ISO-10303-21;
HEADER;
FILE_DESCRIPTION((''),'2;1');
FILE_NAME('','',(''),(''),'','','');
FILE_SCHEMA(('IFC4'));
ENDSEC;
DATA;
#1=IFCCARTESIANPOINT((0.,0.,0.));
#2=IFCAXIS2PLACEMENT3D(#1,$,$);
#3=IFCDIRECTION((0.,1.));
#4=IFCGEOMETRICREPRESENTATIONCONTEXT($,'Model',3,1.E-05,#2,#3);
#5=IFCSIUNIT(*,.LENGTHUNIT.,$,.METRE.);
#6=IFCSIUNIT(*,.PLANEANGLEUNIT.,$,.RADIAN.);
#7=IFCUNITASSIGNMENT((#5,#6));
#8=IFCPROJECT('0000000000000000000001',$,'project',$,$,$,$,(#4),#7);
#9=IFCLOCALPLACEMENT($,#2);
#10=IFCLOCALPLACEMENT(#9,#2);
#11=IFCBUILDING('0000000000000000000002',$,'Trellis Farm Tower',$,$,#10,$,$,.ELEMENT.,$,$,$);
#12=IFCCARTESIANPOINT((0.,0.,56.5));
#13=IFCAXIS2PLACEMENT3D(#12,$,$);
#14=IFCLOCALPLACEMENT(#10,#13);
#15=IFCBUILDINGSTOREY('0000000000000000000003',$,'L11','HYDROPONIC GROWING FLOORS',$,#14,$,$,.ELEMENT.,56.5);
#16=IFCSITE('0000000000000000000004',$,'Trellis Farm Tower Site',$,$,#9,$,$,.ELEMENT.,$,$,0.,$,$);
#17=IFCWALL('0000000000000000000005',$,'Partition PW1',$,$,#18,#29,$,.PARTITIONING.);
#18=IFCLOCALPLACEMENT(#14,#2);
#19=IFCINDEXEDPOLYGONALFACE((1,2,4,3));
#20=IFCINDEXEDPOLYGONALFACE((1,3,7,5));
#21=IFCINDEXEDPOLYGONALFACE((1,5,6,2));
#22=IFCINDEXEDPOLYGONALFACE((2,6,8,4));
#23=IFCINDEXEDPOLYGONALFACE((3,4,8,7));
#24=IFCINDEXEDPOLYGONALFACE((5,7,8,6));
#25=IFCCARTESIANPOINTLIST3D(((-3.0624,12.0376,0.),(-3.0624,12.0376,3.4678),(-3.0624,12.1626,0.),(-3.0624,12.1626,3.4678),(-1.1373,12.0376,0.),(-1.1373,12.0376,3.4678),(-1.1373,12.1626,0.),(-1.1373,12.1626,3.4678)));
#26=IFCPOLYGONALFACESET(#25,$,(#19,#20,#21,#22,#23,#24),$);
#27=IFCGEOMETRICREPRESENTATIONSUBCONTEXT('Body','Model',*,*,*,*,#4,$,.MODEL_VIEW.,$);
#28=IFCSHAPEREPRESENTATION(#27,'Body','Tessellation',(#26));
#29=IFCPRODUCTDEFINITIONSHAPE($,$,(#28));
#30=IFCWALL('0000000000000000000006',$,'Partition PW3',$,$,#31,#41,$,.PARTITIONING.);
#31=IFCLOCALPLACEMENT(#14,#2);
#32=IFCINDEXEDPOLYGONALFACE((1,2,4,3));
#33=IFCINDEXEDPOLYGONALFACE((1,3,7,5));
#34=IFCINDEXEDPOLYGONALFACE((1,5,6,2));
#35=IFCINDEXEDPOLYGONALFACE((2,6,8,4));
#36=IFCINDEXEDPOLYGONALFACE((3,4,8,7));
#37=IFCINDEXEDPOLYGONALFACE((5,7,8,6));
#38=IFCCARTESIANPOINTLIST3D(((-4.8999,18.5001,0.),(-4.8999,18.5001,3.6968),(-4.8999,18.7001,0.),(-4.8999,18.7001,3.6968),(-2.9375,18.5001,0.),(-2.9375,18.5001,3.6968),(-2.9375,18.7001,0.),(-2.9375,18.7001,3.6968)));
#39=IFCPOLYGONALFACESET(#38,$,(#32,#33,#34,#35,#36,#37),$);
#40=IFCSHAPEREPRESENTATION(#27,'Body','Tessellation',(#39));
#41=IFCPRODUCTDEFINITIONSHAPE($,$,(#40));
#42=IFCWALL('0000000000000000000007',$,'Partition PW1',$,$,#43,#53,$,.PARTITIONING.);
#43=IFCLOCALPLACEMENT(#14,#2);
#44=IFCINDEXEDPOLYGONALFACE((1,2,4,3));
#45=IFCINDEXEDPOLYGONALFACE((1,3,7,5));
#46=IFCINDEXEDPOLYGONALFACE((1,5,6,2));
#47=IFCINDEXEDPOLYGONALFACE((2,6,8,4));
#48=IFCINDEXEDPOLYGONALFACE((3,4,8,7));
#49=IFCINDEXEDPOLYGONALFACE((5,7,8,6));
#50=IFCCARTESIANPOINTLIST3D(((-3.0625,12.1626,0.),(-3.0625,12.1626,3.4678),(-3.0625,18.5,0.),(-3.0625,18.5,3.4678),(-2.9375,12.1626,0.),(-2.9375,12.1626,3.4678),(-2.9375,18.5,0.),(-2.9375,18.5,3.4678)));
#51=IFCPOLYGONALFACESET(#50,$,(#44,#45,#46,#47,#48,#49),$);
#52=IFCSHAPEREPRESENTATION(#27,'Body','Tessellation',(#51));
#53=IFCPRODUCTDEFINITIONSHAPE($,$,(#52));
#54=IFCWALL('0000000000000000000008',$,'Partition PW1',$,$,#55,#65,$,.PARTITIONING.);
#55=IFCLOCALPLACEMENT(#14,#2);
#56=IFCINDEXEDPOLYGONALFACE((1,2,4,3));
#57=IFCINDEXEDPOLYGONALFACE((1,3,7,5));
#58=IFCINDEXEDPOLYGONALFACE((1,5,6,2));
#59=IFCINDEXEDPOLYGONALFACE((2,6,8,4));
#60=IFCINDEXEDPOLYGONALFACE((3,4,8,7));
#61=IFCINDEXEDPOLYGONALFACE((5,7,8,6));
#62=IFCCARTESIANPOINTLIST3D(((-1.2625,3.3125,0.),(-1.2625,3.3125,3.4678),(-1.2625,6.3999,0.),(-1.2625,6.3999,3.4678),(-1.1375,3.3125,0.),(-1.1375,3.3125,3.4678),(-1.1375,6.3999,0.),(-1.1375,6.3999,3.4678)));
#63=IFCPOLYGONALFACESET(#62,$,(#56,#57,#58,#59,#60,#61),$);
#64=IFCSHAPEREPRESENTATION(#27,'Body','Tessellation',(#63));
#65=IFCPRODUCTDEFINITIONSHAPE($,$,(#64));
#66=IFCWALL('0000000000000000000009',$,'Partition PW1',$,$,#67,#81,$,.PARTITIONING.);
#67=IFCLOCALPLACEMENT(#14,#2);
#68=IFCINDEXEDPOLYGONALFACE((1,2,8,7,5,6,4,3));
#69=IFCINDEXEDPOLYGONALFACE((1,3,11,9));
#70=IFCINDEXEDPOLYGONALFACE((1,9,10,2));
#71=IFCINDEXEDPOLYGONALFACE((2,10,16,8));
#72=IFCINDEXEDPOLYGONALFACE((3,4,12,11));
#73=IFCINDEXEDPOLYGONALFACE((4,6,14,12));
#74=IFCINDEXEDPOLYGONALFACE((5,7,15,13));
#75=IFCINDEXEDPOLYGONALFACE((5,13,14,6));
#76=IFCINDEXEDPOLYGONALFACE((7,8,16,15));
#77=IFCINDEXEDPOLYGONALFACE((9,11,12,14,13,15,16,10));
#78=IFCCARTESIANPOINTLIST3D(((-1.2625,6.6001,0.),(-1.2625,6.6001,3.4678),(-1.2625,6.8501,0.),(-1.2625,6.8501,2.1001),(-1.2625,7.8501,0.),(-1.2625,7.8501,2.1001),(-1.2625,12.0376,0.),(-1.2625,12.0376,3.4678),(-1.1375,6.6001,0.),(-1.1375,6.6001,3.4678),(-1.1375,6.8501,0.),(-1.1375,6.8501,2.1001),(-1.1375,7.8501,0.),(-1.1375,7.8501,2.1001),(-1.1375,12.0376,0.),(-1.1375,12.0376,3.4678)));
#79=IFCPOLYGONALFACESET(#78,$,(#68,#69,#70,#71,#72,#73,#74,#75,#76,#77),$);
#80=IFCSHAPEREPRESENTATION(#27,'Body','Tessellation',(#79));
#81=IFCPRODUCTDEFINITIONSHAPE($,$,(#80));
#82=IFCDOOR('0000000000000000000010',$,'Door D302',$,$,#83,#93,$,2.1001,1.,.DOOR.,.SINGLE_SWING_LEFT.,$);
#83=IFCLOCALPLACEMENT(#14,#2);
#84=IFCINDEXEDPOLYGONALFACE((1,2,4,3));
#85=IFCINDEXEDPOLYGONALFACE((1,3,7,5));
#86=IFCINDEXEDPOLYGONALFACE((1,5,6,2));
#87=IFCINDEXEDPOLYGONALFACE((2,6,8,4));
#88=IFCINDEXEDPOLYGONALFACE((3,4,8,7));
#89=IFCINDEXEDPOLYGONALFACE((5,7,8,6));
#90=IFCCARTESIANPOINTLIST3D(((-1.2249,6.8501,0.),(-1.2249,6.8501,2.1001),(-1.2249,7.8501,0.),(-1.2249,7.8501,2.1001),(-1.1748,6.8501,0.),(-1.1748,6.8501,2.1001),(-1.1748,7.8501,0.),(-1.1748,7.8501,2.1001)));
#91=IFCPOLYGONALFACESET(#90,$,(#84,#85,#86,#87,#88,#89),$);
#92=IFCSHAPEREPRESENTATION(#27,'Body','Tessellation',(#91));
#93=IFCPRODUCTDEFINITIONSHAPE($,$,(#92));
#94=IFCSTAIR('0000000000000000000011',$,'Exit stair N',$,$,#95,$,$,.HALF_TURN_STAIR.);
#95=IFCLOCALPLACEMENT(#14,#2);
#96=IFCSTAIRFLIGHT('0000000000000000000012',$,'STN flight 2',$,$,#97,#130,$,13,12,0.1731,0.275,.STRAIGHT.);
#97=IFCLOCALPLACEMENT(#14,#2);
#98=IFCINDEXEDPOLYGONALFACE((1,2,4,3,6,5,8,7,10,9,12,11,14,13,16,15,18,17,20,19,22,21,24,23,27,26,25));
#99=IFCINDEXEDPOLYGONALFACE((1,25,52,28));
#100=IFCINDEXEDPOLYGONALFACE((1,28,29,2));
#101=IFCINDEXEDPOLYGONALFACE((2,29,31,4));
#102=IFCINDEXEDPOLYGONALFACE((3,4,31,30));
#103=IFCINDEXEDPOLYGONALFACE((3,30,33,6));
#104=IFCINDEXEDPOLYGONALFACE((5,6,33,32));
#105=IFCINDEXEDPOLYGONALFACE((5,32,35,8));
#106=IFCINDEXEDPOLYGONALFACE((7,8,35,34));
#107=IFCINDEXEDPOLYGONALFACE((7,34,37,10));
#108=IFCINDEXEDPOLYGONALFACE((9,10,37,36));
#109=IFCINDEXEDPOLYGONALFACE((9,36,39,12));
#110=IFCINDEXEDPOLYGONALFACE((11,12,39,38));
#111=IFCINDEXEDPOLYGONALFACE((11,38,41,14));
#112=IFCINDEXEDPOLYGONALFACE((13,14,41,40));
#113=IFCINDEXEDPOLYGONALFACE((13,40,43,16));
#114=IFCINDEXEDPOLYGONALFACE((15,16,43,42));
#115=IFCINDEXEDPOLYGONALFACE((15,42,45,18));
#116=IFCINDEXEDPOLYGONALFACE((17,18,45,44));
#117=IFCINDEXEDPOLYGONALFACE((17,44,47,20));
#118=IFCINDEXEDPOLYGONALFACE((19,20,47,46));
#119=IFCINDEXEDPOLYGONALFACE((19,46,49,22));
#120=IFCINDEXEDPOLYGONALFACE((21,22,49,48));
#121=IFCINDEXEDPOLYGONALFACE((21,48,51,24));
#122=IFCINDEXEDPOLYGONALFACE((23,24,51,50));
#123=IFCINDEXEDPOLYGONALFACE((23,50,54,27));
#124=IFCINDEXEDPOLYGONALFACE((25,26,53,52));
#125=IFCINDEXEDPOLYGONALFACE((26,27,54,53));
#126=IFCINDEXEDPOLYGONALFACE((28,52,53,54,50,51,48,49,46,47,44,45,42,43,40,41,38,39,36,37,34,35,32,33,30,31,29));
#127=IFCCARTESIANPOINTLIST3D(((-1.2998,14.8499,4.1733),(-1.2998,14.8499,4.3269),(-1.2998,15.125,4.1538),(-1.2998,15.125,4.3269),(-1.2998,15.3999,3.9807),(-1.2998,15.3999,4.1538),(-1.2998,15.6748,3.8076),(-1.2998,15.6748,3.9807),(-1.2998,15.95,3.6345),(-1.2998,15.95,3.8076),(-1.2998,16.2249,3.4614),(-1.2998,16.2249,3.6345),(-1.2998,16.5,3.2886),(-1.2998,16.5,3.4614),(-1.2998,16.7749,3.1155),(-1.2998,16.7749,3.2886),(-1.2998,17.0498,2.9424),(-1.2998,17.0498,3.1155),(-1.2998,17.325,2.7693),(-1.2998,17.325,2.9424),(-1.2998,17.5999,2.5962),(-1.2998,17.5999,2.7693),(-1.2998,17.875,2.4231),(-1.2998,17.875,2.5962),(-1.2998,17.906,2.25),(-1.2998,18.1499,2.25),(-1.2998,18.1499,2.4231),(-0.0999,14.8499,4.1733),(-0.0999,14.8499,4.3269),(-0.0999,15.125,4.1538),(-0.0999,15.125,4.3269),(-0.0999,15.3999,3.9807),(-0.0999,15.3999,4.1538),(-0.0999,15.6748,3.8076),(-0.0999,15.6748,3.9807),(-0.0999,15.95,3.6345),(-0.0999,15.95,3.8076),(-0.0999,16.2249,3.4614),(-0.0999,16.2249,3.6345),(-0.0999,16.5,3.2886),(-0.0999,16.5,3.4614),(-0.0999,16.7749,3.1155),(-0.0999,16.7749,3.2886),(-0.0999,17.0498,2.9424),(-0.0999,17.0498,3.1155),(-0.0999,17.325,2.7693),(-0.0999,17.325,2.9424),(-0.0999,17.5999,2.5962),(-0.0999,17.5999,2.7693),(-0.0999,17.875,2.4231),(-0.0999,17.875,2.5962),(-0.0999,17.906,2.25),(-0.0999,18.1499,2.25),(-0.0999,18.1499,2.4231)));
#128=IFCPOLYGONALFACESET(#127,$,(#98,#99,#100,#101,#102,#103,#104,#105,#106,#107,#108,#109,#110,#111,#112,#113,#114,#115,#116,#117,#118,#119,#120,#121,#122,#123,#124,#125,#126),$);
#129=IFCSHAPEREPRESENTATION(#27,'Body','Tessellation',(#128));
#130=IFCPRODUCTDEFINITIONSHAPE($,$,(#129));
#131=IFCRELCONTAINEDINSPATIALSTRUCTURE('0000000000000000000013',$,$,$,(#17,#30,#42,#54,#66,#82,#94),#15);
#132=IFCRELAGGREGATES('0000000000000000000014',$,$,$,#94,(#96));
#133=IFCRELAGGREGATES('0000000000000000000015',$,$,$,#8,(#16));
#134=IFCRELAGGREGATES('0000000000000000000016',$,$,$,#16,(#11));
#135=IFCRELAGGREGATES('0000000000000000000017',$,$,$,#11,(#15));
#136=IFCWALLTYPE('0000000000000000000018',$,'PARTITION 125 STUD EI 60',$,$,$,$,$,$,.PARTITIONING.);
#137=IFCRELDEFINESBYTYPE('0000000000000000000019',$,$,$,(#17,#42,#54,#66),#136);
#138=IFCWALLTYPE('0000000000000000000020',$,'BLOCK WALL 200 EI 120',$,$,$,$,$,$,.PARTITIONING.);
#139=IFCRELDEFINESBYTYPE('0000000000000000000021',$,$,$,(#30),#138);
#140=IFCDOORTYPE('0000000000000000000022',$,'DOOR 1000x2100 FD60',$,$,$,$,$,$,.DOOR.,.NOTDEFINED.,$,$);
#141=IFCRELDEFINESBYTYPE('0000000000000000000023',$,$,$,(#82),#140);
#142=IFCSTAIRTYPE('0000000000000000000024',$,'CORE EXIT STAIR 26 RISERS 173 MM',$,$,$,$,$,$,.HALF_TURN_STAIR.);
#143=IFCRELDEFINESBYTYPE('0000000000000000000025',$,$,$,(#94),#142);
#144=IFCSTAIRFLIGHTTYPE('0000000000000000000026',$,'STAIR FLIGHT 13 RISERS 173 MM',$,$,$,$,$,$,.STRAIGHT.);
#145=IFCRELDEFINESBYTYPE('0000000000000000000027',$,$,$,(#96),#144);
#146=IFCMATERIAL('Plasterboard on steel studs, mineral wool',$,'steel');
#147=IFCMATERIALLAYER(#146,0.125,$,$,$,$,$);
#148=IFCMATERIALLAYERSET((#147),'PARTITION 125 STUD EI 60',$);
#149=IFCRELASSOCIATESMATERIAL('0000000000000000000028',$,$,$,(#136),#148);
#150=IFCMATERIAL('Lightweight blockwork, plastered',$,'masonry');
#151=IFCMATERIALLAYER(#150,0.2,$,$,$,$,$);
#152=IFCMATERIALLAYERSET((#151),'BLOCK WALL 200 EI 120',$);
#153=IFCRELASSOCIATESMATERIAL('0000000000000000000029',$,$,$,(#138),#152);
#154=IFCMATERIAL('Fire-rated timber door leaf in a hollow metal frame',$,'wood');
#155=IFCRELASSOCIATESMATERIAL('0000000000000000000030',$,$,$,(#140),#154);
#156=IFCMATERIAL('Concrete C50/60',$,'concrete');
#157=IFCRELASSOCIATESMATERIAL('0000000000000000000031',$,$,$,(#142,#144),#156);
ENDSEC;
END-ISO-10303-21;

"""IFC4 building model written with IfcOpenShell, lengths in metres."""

from ifc_helpers import new_model, si_unit, direction, frame, frame_2d, origin, place, context, subcontext, project, spatial, polyline, rectangle, outline, extrude, source, transform, mapped, material, layer, layer_set, type_object, element, fill, aggregate, save


model = new_model("IFC4")

# Units and contexts
model_context = context("Model", 3, precision=1e-05, world=origin(), true_north=direction((0.0, 1.0)))
body_context = subcontext(model_context, "Body", "Model", "MODEL_VIEW")
ifc_project = project(units=[si_unit("LENGTHUNIT", "METRE"), si_unit("PLANEANGLEUNIT", "RADIAN")], contexts=[model_context])

# Site, building, storey
site_placement = place(None, origin())
site = spatial("IfcSite", under=ifc_project, at=site_placement, Name="Trellis Farm Tower Site", CompositionType="ELEMENT", RefElevation=0.0)
building_placement = place(site_placement, origin())
building = spatial("IfcBuilding", under=site, at=building_placement, Name="Trellis Farm Tower", CompositionType="ELEMENT")
storey_placement = place(building_placement, frame((0.0, 0.0, 56.5)))
storey = spatial("IfcBuildingStorey", under=building, at=storey_placement, Name="L11", Description="HYDROPONIC GROWING FLOORS", CompositionType="ELEMENT", Elevation=56.5)

# Shared definitions
placement = place(storey_placement, origin())

# Shared definitions
ifc_material_1 = material(Name="Plasterboard on steel studs, mineral wool", Category="steel")
ifc_layer_1 = layer(ifc_material_1, 0.125)
ifc_layer_set_1 = layer_set([ifc_layer_1], Name="PARTITION 125 STUD EI 60")
wall_type_1 = type_object("IfcWallType", Name="PARTITION 125 STUD EI 60", PredefinedType="PARTITIONING", material=ifc_layer_set_1)
shared_shape_1 = source(origin(), body_context, "Body", "SweptSolid", [
    extrude(rectangle(XDim=1.0, YDim=2.1001, at=frame_2d((0.5, 1.05))), frame((0.0, 0.0725, 0.0), z_axis=(0.0, -1.0, 0.0), x_axis=(1.0, 0.0, 0.0)), (0.0, 0.0, 1.0), 0.145),
])
ifc_material_2 = material(Name="Fire-rated timber door leaf in a hollow metal frame", Category="wood")
shared_shape_2 = source(origin(), body_context, "Body", "SweptSolid", [
    extrude(rectangle(XDim=1.0, YDim=2.1001, at=frame_2d((0.5, 1.05))), frame((0.0, 0.0249, 0.0), z_axis=(0.0, -1.0, 0.0), x_axis=(1.0, 0.0, 0.0)), (0.0, 0.0, 1.0), 0.05),
])

# Walls
shared_shape_3 = source(origin(), body_context, "Body", "SweptSolid", [
    extrude(rectangle(XDim=1.925, YDim=0.125, at=frame_2d((0.9624, 0.0))), origin(), (0.0, 0.0, 1.0), 3.4678),
])
wall_1_placement = place(storey_placement, frame((-1.1375, 12.1001, 0.0), z_axis=(0.0, 0.0, 1.0), x_axis=(-1.0, 0.0, 0.0)))
element("IfcWall", 1, at=wall_1_placement, inside=storey, type_object=wall_type_1, Name="Partition PW1", PredefinedType="PARTITIONING", context=body_context, shape_type="MappedRepresentation", body=[
    mapped(shared_shape_3, transform((0.0, 0.0, 0.0))),
])
ifc_material_3 = material(Name="Lightweight blockwork, plastered", Category="masonry")
ifc_layer_2 = layer(ifc_material_3, 0.2)
ifc_layer_set_2 = layer_set([ifc_layer_2], Name="BLOCK WALL 200 EI 120")
wall_type_2 = type_object("IfcWallType", Name="BLOCK WALL 200 EI 120", PredefinedType="PARTITIONING", material=ifc_layer_set_2)
shared_shape_4 = source(origin(), body_context, "Body", "SweptSolid", [
    extrude(rectangle(XDim=1.9624, YDim=0.2, at=frame_2d((0.9812, 0.0))), origin(), (0.0, 0.0, 1.0), 3.6968),
])
wall_2_placement = place(storey_placement, frame((-4.8999, 18.6001, 0.0), z_axis=(0.0, 0.0, 1.0), x_axis=(1.0, 0.0, 0.0)))
element("IfcWall", 2, at=wall_2_placement, inside=storey, type_object=wall_type_2, Name="Partition PW3", PredefinedType="PARTITIONING", context=body_context, shape_type="MappedRepresentation", body=[
    mapped(shared_shape_4, transform((0.0, 0.0, 0.0))),
])
shared_shape_5 = source(origin(), body_context, "Body", "SweptSolid", [
    extrude(rectangle(XDim=6.3374, YDim=0.125, at=frame_2d((3.1687, 0.0))), origin(), (0.0, 0.0, 1.0), 3.4678),
])
wall_3_placement = place(storey_placement, frame((-3.0, 12.1626, 0.0), z_axis=(0.0, 0.0, 1.0), x_axis=(0.0, 1.0, 0.0)))
element("IfcWall", 3, at=wall_3_placement, inside=storey, type_object=wall_type_1, Name="Partition PW1", PredefinedType="PARTITIONING", context=body_context, shape_type="MappedRepresentation", body=[
    mapped(shared_shape_5, transform((0.0, 0.0, 0.0))),
])
shared_shape_6 = source(origin(), body_context, "Body", "SweptSolid", [
    extrude(rectangle(XDim=3.0874, YDim=0.125, at=frame_2d((1.5437, 0.0))), origin(), (0.0, 0.0, 1.0), 3.4678),
])
wall_4_placement = place(storey_placement, frame((-1.2, 6.3999, 0.0), z_axis=(0.0, 0.0, 1.0), x_axis=(0.0, -1.0, 0.0)))
element("IfcWall", 4, at=wall_4_placement, inside=storey, type_object=wall_type_1, Name="Partition PW1", PredefinedType="PARTITIONING", context=body_context, shape_type="MappedRepresentation", body=[
    mapped(shared_shape_6, transform((0.0, 0.0, 0.0))),
])

# Wall, opening, door
shared_shape_7 = source(origin(), body_context, "Body", "SweptSolid", [
    extrude(rectangle(XDim=5.4375, YDim=0.125, at=frame_2d((2.7188, 0.0))), origin(), (0.0, 0.0, 1.0), 3.4678),
])
wall_5_placement = place(storey_placement, frame((-1.2, 6.6001, 0.0), z_axis=(0.0, 0.0, 1.0), x_axis=(0.0, 1.0, 0.0)))
wall_5 = element("IfcWall", 5, at=wall_5_placement, inside=storey, type_object=wall_type_1, Name="Partition PW1", PredefinedType="PARTITIONING", context=body_context, shape_type="MappedRepresentation", body=[
    mapped(shared_shape_7, transform((0.0, 0.0, 0.0))),
])
opening_1_placement = place(wall_5_placement, frame((0.25, 0.0, 0.0)))
opening_1 = element("IfcOpeningElement", 6, at=opening_1_placement, cuts=wall_5, PredefinedType="OPENING", context=body_context, shape_type="MappedRepresentation", body=[
    mapped(shared_shape_1, transform((0.0, 0.0, 0.0))),
])
door_type_1 = type_object("IfcDoorType", Name="DOOR 1000x2100 FD60", OperationType="NOTDEFINED", PredefinedType="DOOR", material=ifc_material_2)
door_1_placement = place(opening_1_placement, origin())
door_1 = element("IfcDoor", 7, at=door_1_placement, inside=storey, type_object=door_type_1, Name="Door D302", OperationType="SINGLE_SWING_LEFT", OverallHeight=2.1001, OverallWidth=1.0, PredefinedType="DOOR", context=body_context, shape_type="MappedRepresentation", body=[
    mapped(shared_shape_2, transform((0.0, 0.0, 0.0))),
])
fill(opening_1, door_1)

# Stair, stair flight
ifc_material_4 = material(Name="Concrete C50/60", Category="concrete")
stair_type = type_object("IfcStairType", Name="CORE EXIT STAIR 26 RISERS 173 MM", PredefinedType="HALF_TURN_STAIR", material=ifc_material_4)
stair = element("IfcStair", 8, at=placement, inside=storey, type_object=stair_type, Name="Exit stair N", PredefinedType="HALF_TURN_STAIR")
stair_flight_type = type_object("IfcStairFlightType", Name="STAIR FLIGHT 13 RISERS 173 MM", PredefinedType="STRAIGHT", material=ifc_material_4)
shared_shape_8 = source(origin(), body_context, "Body", "SweptSolid", [
    extrude(outline(polyline([(0.0, 0.0), (0.0, 0.1731), (0.2749, 0.1731), (0.2749, 0.3462), (0.55, 0.3462), (0.55, 0.5193), (0.825, 0.5193), (0.825, 0.6924), (1.1001, 0.6924), (1.1001, 0.8655), (1.375, 0.8655), (1.375, 1.0386), (1.6499, 1.0386), (1.6499, 1.2114), (1.925, 1.2114), (1.925, 1.3845), (2.2, 1.3845), (2.2, 1.5576), (2.4751, 1.5576), (2.4751, 1.7307), (2.75, 1.7307), (2.75, 1.9038), (3.0249, 1.9038), (3.0249, 2.0769), (3.3, 2.0769), (3.3, 2.25), (3.3, 1.9233), (0.2439, 0.0), (0.0, 0.0)])), frame((0.0, 0.6001, 0.0), z_axis=(0.0, -1.0, 0.0), x_axis=(1.0, 0.0, 0.0)), (0.0, 0.0, 1.0), 1.2),
])
stair_flight_placement = place(storey_placement, frame((-0.7, 18.1499, 2.25), z_axis=(0.0, 0.0, 1.0), x_axis=(0.0, -1.0, 0.0)))
stair_flight = element("IfcStairFlight", 9, at=stair_flight_placement, type_object=stair_flight_type, Name="STN flight 2", NumberOfRisers=13, NumberOfTreads=12, PredefinedType="STRAIGHT", RiserHeight=0.1731, TreadLength=0.275, context=body_context, shape_type="MappedRepresentation", body=[
    mapped(shared_shape_8, transform((0.0, 0.0, 0.0))),
])
aggregate(stair, [stair_flight])

save(model, "model.ifc")
